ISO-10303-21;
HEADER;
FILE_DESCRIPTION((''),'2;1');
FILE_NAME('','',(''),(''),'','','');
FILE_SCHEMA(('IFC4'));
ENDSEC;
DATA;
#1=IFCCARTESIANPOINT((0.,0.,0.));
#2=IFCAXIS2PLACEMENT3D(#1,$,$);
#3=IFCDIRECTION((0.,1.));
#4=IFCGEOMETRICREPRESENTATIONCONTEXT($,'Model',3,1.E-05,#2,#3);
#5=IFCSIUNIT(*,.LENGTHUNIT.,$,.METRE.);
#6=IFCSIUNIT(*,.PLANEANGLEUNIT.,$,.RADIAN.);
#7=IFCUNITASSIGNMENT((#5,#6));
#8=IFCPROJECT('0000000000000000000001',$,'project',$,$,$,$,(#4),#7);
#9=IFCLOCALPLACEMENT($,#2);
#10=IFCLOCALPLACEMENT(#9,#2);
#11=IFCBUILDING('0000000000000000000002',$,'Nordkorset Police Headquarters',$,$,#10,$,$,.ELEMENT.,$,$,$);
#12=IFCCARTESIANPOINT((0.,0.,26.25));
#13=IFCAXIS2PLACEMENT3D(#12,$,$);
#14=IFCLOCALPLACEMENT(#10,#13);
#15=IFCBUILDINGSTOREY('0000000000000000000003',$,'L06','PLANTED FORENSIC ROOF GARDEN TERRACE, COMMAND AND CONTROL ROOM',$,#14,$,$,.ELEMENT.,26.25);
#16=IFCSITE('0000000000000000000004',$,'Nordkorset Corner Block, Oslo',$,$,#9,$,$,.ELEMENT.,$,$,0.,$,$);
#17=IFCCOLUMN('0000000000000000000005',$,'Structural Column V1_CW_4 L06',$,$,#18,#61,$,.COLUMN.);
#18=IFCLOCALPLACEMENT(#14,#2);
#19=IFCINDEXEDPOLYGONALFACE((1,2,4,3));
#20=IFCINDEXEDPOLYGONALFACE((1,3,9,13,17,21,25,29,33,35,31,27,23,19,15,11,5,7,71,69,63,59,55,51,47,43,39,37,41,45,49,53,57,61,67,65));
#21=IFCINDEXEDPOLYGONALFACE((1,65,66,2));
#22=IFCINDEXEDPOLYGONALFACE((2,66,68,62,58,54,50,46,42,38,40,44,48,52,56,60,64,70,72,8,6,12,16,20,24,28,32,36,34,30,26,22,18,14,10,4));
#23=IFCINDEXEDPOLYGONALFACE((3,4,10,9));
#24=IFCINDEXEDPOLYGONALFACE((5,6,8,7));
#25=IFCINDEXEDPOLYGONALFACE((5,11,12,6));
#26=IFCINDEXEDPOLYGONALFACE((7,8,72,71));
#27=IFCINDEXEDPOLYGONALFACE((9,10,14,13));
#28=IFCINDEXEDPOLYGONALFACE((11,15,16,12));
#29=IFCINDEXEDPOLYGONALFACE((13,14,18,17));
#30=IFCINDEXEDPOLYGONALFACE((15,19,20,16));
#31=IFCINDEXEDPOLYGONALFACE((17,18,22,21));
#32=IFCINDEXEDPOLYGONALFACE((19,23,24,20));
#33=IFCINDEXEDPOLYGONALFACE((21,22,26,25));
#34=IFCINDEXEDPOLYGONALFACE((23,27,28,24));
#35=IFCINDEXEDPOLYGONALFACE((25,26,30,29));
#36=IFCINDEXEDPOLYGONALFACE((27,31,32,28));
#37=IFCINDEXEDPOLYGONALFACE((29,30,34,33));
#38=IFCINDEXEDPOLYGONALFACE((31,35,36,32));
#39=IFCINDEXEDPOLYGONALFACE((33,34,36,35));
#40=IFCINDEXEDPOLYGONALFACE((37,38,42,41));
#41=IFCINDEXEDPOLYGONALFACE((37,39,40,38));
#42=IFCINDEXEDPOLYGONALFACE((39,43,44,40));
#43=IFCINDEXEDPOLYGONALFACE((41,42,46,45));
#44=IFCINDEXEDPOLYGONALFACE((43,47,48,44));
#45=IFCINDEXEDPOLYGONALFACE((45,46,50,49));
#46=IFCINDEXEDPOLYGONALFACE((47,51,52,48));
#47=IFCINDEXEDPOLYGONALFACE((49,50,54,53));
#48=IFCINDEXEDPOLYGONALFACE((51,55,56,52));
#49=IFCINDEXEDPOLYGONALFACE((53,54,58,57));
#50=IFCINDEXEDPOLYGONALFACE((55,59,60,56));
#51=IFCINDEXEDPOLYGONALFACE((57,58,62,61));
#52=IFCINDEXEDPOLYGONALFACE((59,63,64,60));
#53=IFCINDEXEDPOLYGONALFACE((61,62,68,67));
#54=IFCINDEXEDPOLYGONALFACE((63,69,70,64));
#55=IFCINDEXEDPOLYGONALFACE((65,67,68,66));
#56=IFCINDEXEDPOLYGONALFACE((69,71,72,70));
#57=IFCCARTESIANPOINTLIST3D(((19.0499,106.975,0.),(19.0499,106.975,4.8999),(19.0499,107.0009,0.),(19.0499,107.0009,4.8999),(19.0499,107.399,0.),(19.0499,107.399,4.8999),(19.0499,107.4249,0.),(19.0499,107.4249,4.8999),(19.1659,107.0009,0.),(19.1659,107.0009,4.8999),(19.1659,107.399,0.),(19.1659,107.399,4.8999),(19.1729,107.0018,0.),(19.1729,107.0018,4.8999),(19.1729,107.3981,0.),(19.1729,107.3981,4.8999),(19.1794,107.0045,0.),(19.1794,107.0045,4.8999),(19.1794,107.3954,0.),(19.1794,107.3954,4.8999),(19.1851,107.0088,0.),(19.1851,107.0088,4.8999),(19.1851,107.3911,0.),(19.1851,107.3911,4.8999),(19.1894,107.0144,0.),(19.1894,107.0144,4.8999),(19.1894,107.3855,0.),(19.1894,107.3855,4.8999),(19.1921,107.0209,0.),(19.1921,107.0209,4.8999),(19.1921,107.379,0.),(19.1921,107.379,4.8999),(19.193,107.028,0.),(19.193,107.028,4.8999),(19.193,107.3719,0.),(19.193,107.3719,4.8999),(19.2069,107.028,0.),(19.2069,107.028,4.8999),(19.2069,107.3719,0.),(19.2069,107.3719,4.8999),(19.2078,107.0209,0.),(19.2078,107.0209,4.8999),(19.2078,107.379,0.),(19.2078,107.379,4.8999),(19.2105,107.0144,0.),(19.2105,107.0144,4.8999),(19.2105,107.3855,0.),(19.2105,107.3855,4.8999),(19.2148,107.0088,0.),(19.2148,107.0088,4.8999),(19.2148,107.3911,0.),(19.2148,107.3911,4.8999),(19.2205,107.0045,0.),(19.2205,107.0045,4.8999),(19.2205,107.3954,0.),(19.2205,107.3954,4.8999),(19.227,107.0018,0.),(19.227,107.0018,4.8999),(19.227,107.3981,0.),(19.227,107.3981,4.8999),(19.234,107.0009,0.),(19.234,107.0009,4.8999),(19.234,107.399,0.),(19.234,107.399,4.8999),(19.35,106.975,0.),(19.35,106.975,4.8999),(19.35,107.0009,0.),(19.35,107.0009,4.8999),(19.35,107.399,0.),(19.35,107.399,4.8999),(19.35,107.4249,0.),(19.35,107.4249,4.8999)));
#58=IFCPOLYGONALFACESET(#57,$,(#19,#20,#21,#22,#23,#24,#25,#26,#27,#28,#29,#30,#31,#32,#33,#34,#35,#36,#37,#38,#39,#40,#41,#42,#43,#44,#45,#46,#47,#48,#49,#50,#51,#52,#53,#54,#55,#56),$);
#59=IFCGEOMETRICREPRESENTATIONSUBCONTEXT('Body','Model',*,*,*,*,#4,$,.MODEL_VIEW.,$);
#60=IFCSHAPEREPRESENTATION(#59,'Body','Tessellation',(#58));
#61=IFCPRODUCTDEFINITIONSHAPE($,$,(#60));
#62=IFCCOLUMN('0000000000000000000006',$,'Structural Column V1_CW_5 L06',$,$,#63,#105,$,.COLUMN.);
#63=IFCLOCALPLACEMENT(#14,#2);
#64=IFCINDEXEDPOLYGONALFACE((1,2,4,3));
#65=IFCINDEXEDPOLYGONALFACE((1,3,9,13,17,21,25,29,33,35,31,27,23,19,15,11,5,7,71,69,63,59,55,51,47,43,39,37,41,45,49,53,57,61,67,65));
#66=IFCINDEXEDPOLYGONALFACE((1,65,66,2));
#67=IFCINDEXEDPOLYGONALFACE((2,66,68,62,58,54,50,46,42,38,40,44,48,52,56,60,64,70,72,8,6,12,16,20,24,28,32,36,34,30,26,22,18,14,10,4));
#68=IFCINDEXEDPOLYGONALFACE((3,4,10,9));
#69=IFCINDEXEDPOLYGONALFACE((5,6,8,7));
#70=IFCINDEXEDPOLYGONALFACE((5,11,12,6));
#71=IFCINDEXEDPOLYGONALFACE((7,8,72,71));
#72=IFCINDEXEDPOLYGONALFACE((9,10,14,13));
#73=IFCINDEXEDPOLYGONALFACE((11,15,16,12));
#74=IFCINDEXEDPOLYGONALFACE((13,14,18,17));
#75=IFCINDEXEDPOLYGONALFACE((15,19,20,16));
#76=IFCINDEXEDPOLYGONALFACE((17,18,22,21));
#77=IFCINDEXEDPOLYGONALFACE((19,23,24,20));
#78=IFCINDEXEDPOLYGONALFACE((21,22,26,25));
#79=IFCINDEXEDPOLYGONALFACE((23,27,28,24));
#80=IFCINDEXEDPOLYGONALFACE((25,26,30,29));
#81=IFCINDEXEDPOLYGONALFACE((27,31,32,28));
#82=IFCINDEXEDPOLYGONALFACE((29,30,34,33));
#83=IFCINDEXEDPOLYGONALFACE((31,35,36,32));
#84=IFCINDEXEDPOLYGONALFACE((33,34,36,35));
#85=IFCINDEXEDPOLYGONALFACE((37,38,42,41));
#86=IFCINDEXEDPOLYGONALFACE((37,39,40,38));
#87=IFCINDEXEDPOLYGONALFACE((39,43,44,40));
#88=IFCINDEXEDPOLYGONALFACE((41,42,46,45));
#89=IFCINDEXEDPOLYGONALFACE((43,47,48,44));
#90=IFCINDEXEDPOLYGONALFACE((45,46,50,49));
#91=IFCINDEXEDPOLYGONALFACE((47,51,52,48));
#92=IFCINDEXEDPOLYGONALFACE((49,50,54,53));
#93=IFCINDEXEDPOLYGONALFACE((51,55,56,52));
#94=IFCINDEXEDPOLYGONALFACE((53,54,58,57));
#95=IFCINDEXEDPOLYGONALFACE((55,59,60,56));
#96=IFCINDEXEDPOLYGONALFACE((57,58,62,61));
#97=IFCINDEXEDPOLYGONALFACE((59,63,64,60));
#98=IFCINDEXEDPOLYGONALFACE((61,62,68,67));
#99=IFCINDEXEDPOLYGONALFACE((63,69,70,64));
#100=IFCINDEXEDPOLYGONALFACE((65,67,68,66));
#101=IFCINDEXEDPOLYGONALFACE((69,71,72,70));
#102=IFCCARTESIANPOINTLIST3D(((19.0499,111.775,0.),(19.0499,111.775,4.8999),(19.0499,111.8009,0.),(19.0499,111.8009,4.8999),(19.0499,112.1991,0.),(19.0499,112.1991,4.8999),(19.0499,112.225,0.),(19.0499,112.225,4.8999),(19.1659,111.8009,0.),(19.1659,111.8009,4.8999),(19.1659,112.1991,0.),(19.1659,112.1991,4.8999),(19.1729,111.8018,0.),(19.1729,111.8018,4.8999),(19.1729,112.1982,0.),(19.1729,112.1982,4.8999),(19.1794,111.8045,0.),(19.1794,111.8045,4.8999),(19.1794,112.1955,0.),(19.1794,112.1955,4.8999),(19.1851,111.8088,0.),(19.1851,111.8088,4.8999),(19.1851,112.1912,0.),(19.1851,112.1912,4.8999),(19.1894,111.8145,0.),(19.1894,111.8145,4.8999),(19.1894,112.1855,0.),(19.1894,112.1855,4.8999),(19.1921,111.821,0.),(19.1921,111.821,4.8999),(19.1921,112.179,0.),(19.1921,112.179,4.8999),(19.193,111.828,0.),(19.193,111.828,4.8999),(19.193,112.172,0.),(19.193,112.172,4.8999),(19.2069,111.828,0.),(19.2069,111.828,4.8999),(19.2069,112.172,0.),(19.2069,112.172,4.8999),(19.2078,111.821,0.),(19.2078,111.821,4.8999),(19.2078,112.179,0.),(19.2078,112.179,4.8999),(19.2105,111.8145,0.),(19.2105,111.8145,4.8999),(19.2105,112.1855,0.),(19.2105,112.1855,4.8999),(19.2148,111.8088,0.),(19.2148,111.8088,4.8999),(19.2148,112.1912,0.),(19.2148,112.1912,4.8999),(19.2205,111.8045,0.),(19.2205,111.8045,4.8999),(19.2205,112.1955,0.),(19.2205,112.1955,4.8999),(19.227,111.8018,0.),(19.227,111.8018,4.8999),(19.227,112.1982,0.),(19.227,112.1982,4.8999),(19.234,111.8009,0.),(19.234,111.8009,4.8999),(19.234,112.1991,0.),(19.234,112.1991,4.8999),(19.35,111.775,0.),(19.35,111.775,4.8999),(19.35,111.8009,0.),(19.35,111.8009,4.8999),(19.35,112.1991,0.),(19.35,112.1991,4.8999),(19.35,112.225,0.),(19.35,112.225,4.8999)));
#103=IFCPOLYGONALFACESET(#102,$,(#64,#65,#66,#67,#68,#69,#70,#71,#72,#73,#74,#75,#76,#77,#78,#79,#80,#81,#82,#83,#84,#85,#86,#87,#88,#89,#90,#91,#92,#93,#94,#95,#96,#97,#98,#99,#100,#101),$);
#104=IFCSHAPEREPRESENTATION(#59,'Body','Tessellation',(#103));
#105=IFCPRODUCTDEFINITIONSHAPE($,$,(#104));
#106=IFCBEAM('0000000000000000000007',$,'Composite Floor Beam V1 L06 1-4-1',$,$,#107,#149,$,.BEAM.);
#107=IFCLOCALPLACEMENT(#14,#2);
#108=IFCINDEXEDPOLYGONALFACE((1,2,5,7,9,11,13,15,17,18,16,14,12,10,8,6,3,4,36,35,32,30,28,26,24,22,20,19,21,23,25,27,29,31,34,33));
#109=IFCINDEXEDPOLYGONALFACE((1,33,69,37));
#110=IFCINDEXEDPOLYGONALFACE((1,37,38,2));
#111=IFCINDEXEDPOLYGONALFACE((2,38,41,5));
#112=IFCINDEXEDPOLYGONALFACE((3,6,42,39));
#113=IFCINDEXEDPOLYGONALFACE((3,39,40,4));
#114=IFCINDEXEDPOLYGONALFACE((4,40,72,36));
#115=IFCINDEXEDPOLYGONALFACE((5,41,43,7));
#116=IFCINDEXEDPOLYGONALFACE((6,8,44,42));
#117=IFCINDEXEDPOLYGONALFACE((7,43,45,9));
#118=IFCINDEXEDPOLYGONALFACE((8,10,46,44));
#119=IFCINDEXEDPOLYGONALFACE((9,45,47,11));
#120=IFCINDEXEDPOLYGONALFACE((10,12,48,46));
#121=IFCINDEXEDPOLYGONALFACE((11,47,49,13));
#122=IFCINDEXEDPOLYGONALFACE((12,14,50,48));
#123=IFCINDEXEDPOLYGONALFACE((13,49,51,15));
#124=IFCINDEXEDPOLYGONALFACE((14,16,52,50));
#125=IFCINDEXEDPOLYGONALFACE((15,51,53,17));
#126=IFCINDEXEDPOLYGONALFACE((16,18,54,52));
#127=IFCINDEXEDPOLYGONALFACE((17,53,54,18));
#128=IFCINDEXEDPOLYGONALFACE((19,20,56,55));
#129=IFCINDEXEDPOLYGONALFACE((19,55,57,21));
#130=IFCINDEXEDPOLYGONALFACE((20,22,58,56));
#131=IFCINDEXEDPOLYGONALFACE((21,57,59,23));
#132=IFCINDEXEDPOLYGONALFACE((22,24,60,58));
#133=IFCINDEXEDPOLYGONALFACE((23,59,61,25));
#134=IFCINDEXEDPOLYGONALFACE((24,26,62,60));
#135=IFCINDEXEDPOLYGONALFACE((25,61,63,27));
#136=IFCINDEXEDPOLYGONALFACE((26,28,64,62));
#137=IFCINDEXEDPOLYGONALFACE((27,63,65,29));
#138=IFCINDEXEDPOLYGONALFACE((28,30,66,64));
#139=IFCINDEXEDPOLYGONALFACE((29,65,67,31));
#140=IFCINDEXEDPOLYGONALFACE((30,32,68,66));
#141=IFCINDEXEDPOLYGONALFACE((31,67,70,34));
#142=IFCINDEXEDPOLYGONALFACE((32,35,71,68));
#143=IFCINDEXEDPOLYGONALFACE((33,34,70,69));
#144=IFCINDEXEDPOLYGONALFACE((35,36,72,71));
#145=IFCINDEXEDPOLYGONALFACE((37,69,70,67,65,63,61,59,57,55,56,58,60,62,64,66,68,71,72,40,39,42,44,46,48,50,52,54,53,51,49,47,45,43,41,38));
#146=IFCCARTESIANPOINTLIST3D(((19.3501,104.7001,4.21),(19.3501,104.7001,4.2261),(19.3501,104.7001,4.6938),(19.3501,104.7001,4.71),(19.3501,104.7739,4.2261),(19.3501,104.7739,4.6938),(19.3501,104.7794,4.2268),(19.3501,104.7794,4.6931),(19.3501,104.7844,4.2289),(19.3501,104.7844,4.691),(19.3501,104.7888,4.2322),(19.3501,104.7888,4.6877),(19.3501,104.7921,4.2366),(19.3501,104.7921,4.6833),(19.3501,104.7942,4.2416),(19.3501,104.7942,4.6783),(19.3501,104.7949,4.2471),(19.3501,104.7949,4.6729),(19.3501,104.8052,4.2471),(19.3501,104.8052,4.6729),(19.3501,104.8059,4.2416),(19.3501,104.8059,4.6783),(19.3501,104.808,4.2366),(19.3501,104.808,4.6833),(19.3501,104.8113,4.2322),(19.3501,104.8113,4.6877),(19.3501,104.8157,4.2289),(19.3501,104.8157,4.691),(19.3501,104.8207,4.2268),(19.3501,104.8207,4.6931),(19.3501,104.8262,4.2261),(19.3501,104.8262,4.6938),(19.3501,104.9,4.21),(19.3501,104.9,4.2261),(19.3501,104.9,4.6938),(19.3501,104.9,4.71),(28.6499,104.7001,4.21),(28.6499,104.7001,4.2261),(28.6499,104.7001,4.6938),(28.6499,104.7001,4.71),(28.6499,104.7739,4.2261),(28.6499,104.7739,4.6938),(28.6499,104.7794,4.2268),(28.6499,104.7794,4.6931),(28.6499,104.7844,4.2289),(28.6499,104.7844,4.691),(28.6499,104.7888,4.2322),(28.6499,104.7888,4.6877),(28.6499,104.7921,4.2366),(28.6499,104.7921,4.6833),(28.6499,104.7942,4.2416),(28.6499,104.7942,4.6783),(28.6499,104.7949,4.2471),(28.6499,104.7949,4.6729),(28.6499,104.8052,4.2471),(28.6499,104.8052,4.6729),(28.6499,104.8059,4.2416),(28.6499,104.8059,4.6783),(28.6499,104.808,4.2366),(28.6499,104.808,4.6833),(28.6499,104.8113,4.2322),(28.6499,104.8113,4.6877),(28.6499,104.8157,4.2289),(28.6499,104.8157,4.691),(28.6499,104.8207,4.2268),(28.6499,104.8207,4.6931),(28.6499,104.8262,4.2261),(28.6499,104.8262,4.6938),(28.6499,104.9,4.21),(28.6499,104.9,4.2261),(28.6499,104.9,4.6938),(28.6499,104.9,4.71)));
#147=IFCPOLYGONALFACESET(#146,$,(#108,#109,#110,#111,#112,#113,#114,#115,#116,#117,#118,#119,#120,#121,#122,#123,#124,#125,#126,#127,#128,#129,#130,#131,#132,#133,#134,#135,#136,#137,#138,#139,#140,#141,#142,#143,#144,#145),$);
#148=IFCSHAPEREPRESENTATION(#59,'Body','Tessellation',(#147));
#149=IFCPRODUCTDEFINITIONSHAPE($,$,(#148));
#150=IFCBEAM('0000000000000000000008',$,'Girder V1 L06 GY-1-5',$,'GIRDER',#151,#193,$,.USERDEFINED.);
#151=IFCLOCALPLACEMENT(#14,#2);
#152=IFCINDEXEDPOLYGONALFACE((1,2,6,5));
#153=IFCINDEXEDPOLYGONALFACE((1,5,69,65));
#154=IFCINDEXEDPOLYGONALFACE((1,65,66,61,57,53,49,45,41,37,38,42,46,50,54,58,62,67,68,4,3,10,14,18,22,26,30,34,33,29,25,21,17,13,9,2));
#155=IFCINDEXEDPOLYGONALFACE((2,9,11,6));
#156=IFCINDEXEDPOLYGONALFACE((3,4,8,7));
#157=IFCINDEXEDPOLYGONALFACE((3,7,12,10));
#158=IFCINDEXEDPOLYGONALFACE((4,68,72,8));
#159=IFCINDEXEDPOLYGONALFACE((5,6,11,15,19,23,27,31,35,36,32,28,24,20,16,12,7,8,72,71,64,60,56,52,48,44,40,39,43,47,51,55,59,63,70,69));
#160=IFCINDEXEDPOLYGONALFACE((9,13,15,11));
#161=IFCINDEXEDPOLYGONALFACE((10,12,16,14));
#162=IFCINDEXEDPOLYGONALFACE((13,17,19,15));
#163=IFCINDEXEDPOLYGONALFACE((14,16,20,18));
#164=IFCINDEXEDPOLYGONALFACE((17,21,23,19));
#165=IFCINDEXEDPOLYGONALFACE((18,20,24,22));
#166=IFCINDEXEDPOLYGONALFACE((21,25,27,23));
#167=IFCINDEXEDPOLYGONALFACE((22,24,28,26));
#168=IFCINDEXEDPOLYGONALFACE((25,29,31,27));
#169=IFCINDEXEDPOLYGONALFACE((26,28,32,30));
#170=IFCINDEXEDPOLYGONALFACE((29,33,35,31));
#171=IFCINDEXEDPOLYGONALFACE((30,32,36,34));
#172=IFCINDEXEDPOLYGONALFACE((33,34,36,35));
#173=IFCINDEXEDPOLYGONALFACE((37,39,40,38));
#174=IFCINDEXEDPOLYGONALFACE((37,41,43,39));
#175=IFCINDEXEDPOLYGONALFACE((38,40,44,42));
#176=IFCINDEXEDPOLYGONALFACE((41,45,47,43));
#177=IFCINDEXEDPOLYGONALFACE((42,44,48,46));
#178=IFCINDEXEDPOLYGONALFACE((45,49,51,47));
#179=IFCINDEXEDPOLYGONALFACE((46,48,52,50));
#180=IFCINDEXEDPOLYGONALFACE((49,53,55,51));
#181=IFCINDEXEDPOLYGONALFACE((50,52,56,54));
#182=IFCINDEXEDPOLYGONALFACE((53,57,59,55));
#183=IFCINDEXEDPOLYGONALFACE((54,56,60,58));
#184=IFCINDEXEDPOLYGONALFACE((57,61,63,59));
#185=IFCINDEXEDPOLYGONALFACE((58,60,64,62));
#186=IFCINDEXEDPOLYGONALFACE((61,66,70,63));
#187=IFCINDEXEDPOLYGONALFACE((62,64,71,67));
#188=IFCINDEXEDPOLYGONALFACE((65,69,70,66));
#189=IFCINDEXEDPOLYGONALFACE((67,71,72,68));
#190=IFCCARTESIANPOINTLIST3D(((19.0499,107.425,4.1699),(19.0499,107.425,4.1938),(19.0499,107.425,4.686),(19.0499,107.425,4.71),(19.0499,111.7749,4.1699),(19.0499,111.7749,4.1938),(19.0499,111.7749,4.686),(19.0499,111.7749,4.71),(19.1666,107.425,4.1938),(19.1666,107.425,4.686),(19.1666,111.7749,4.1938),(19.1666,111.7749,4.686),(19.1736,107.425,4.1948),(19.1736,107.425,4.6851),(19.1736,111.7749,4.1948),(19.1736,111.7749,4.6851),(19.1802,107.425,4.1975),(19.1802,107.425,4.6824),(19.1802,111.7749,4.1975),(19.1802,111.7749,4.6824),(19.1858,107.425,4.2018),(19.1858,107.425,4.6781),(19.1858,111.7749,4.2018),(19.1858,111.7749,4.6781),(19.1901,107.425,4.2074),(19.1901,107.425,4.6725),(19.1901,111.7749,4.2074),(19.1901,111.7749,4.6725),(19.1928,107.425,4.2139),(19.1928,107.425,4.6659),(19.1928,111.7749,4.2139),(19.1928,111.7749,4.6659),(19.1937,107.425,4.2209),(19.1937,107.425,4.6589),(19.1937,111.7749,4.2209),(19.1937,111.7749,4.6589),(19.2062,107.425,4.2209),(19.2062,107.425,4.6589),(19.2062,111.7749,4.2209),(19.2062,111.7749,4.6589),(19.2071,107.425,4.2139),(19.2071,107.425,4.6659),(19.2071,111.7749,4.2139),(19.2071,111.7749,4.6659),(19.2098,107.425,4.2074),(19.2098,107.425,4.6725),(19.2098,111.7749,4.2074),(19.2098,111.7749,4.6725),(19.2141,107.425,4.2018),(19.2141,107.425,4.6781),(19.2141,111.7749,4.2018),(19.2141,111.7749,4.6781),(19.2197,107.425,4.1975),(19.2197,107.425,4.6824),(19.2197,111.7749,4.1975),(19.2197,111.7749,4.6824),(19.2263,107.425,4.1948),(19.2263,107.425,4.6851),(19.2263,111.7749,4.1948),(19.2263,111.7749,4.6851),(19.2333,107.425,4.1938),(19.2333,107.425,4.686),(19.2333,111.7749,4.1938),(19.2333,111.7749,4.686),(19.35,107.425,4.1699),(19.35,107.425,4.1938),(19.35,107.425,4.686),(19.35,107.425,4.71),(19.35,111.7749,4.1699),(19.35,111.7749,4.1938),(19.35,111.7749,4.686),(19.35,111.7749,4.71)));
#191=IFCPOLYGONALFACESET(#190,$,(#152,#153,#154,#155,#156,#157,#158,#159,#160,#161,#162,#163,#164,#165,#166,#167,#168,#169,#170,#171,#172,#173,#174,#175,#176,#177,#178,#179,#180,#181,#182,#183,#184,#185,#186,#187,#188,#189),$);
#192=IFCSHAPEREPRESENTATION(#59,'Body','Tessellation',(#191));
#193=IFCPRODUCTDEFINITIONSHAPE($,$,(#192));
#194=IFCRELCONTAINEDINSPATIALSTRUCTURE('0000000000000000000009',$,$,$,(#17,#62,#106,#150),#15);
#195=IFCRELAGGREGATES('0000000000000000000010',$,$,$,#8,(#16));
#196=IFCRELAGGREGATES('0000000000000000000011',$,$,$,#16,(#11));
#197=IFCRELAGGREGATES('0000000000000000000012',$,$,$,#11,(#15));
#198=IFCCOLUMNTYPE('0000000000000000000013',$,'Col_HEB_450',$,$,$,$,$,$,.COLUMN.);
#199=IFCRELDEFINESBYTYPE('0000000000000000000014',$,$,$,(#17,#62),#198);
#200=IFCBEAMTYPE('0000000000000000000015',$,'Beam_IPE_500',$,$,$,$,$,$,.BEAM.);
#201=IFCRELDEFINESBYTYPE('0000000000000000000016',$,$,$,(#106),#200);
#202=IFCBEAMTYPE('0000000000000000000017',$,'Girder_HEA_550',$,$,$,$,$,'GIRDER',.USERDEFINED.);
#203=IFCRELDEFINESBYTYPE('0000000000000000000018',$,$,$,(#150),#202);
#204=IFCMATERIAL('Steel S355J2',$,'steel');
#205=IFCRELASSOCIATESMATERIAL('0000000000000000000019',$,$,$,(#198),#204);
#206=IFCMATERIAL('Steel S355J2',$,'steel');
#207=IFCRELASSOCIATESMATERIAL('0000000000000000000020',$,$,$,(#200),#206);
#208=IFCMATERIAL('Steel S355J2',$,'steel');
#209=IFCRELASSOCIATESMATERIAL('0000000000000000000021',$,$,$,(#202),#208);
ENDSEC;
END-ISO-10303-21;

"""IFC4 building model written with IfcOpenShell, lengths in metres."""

from ifc_helpers import new_model, si_unit, direction, frame, origin, origin_2d, place, context, subcontext, project, spatial, i_section, extrude, material, material_profile, profile_set, type_object, element, save


model = new_model("IFC4")

# Units and contexts
model_context = context("Model", 3, precision=1e-05, world=origin(), true_north=direction((0.0, 1.0)))
body_context = subcontext(model_context, "Body", "Model", "MODEL_VIEW")
ifc_project = project(units=[si_unit("LENGTHUNIT", "METRE"), si_unit("PLANEANGLEUNIT", "RADIAN")], contexts=[model_context])

# Site, building, storey
site_placement = place(None, origin())
site = spatial("IfcSite", under=ifc_project, at=site_placement, Name="Nordkorset Corner Block, Oslo", CompositionType="ELEMENT", RefElevation=0.0)
building_placement = place(site_placement, origin())
building = spatial("IfcBuilding", under=site, at=building_placement, Name="Nordkorset Police Headquarters", CompositionType="ELEMENT")
storey_placement = place(building_placement, frame((0.0, 0.0, 26.25)))
storey = spatial("IfcBuildingStorey", under=building, at=storey_placement, Name="L06", Description="PLANTED FORENSIC ROOF GARDEN TERRACE, COMMAND AND CONTROL ROOM", CompositionType="ELEMENT", Elevation=26.25)

# Columns
ifc_material_1 = material(Name="Steel S355J2", Category="steel")
ifc_material_profile_1 = material_profile(ifc_material_1, i_section(OverallWidth=0.3, OverallDepth=0.45, WebThickness=0.0139, FlangeThickness=0.0259, FilletRadius=0.0271, at=origin_2d()), Name="HEB 450")
ifc_profile_set_1 = profile_set([ifc_material_profile_1], Name="Steel S355J2")
column_type = type_object("IfcColumnType", Name="Col_HEB_450", PredefinedType="COLUMN", material=ifc_profile_set_1)
for number, where, z_axis, x_axis, name in (
    (1, (19.2, 107.2, 0.0), (0.0, 0.0, 1.0), (1.0, 0.0, 0.0), "Structural Column V1_CW_4 L06"),
    (2, (19.2, 112.0, 0.0), (0.0, 0.0, 1.0), (1.0, 0.0, 0.0), "Structural Column V1_CW_5 L06"),
):
    element("IfcColumn", number, at=place(storey_placement, frame(where, z_axis=z_axis, x_axis=x_axis)), inside=storey, type_object=column_type, Name=name, PredefinedType="COLUMN", context=body_context, shape_type="SweptSolid", body=[
        extrude(i_section(OverallWidth=0.3, OverallDepth=0.45, WebThickness=0.0139, FlangeThickness=0.0259, FilletRadius=0.0271, at=origin_2d()), origin(), (0.0, 0.0, 1.0), 4.8999),
    ])

# Beams
ifc_material_2 = material(Name="Steel S355J2", Category="steel")
ifc_material_profile_2 = material_profile(ifc_material_2, i_section(OverallWidth=0.2, OverallDepth=0.5, WebThickness=0.0103, FlangeThickness=0.0161, FilletRadius=0.021, at=origin_2d()), Name="IPE 500")
ifc_profile_set_2 = profile_set([ifc_material_profile_2], Name="Steel S355J2")
beam_type_1 = type_object("IfcBeamType", Name="Beam_IPE_500", PredefinedType="BEAM", material=ifc_profile_set_2)
beam_1_placement = place(storey_placement, frame((19.3501, 104.8, 4.46), z_axis=(1.0, 0.0, 0.0), x_axis=(0.0, 1.0, 0.0)))
element("IfcBeam", 3, at=beam_1_placement, inside=storey, type_object=beam_type_1, Name="Composite Floor Beam V1 L06 1-4-1", PredefinedType="BEAM", context=body_context, shape_type="SweptSolid", body=[
    extrude(i_section(OverallWidth=0.2, OverallDepth=0.5, WebThickness=0.0103, FlangeThickness=0.0161, FilletRadius=0.021, at=origin_2d()), origin(), (0.0, 0.0, 1.0), 9.2998),
])
ifc_material_3 = material(Name="Steel S355J2", Category="steel")
ifc_material_profile_3 = material_profile(ifc_material_3, i_section(OverallWidth=0.3, OverallDepth=0.54, WebThickness=0.0125, FlangeThickness=0.0239, FilletRadius=0.0271, at=origin_2d()), Name="HEA 550")
ifc_profile_set_3 = profile_set([ifc_material_profile_3], Name="Steel S355J2")
beam_type_2 = type_object("IfcBeamType", Name="Girder_HEA_550", ElementType="GIRDER", PredefinedType="USERDEFINED", material=ifc_profile_set_3)
for number, where, z_axis, x_axis, name in (
    (4, (19.2, 107.425, 4.4399), (0.0, 1.0, 0.0), (-1.0, 0.0, 0.0), "Girder V1 L06 GY-1-5"),
):
    element("IfcBeam", number, at=place(storey_placement, frame(where, z_axis=z_axis, x_axis=x_axis)), inside=storey, type_object=beam_type_2, Name=name, ObjectType="GIRDER", PredefinedType="USERDEFINED", context=body_context, shape_type="SweptSolid", body=[
        extrude(i_section(OverallWidth=0.3, OverallDepth=0.54, WebThickness=0.0125, FlangeThickness=0.0239, FilletRadius=0.0271, at=origin_2d()), origin(), (0.0, 0.0, 1.0), 4.3499),
    ])

save(model, "model.ifc")
